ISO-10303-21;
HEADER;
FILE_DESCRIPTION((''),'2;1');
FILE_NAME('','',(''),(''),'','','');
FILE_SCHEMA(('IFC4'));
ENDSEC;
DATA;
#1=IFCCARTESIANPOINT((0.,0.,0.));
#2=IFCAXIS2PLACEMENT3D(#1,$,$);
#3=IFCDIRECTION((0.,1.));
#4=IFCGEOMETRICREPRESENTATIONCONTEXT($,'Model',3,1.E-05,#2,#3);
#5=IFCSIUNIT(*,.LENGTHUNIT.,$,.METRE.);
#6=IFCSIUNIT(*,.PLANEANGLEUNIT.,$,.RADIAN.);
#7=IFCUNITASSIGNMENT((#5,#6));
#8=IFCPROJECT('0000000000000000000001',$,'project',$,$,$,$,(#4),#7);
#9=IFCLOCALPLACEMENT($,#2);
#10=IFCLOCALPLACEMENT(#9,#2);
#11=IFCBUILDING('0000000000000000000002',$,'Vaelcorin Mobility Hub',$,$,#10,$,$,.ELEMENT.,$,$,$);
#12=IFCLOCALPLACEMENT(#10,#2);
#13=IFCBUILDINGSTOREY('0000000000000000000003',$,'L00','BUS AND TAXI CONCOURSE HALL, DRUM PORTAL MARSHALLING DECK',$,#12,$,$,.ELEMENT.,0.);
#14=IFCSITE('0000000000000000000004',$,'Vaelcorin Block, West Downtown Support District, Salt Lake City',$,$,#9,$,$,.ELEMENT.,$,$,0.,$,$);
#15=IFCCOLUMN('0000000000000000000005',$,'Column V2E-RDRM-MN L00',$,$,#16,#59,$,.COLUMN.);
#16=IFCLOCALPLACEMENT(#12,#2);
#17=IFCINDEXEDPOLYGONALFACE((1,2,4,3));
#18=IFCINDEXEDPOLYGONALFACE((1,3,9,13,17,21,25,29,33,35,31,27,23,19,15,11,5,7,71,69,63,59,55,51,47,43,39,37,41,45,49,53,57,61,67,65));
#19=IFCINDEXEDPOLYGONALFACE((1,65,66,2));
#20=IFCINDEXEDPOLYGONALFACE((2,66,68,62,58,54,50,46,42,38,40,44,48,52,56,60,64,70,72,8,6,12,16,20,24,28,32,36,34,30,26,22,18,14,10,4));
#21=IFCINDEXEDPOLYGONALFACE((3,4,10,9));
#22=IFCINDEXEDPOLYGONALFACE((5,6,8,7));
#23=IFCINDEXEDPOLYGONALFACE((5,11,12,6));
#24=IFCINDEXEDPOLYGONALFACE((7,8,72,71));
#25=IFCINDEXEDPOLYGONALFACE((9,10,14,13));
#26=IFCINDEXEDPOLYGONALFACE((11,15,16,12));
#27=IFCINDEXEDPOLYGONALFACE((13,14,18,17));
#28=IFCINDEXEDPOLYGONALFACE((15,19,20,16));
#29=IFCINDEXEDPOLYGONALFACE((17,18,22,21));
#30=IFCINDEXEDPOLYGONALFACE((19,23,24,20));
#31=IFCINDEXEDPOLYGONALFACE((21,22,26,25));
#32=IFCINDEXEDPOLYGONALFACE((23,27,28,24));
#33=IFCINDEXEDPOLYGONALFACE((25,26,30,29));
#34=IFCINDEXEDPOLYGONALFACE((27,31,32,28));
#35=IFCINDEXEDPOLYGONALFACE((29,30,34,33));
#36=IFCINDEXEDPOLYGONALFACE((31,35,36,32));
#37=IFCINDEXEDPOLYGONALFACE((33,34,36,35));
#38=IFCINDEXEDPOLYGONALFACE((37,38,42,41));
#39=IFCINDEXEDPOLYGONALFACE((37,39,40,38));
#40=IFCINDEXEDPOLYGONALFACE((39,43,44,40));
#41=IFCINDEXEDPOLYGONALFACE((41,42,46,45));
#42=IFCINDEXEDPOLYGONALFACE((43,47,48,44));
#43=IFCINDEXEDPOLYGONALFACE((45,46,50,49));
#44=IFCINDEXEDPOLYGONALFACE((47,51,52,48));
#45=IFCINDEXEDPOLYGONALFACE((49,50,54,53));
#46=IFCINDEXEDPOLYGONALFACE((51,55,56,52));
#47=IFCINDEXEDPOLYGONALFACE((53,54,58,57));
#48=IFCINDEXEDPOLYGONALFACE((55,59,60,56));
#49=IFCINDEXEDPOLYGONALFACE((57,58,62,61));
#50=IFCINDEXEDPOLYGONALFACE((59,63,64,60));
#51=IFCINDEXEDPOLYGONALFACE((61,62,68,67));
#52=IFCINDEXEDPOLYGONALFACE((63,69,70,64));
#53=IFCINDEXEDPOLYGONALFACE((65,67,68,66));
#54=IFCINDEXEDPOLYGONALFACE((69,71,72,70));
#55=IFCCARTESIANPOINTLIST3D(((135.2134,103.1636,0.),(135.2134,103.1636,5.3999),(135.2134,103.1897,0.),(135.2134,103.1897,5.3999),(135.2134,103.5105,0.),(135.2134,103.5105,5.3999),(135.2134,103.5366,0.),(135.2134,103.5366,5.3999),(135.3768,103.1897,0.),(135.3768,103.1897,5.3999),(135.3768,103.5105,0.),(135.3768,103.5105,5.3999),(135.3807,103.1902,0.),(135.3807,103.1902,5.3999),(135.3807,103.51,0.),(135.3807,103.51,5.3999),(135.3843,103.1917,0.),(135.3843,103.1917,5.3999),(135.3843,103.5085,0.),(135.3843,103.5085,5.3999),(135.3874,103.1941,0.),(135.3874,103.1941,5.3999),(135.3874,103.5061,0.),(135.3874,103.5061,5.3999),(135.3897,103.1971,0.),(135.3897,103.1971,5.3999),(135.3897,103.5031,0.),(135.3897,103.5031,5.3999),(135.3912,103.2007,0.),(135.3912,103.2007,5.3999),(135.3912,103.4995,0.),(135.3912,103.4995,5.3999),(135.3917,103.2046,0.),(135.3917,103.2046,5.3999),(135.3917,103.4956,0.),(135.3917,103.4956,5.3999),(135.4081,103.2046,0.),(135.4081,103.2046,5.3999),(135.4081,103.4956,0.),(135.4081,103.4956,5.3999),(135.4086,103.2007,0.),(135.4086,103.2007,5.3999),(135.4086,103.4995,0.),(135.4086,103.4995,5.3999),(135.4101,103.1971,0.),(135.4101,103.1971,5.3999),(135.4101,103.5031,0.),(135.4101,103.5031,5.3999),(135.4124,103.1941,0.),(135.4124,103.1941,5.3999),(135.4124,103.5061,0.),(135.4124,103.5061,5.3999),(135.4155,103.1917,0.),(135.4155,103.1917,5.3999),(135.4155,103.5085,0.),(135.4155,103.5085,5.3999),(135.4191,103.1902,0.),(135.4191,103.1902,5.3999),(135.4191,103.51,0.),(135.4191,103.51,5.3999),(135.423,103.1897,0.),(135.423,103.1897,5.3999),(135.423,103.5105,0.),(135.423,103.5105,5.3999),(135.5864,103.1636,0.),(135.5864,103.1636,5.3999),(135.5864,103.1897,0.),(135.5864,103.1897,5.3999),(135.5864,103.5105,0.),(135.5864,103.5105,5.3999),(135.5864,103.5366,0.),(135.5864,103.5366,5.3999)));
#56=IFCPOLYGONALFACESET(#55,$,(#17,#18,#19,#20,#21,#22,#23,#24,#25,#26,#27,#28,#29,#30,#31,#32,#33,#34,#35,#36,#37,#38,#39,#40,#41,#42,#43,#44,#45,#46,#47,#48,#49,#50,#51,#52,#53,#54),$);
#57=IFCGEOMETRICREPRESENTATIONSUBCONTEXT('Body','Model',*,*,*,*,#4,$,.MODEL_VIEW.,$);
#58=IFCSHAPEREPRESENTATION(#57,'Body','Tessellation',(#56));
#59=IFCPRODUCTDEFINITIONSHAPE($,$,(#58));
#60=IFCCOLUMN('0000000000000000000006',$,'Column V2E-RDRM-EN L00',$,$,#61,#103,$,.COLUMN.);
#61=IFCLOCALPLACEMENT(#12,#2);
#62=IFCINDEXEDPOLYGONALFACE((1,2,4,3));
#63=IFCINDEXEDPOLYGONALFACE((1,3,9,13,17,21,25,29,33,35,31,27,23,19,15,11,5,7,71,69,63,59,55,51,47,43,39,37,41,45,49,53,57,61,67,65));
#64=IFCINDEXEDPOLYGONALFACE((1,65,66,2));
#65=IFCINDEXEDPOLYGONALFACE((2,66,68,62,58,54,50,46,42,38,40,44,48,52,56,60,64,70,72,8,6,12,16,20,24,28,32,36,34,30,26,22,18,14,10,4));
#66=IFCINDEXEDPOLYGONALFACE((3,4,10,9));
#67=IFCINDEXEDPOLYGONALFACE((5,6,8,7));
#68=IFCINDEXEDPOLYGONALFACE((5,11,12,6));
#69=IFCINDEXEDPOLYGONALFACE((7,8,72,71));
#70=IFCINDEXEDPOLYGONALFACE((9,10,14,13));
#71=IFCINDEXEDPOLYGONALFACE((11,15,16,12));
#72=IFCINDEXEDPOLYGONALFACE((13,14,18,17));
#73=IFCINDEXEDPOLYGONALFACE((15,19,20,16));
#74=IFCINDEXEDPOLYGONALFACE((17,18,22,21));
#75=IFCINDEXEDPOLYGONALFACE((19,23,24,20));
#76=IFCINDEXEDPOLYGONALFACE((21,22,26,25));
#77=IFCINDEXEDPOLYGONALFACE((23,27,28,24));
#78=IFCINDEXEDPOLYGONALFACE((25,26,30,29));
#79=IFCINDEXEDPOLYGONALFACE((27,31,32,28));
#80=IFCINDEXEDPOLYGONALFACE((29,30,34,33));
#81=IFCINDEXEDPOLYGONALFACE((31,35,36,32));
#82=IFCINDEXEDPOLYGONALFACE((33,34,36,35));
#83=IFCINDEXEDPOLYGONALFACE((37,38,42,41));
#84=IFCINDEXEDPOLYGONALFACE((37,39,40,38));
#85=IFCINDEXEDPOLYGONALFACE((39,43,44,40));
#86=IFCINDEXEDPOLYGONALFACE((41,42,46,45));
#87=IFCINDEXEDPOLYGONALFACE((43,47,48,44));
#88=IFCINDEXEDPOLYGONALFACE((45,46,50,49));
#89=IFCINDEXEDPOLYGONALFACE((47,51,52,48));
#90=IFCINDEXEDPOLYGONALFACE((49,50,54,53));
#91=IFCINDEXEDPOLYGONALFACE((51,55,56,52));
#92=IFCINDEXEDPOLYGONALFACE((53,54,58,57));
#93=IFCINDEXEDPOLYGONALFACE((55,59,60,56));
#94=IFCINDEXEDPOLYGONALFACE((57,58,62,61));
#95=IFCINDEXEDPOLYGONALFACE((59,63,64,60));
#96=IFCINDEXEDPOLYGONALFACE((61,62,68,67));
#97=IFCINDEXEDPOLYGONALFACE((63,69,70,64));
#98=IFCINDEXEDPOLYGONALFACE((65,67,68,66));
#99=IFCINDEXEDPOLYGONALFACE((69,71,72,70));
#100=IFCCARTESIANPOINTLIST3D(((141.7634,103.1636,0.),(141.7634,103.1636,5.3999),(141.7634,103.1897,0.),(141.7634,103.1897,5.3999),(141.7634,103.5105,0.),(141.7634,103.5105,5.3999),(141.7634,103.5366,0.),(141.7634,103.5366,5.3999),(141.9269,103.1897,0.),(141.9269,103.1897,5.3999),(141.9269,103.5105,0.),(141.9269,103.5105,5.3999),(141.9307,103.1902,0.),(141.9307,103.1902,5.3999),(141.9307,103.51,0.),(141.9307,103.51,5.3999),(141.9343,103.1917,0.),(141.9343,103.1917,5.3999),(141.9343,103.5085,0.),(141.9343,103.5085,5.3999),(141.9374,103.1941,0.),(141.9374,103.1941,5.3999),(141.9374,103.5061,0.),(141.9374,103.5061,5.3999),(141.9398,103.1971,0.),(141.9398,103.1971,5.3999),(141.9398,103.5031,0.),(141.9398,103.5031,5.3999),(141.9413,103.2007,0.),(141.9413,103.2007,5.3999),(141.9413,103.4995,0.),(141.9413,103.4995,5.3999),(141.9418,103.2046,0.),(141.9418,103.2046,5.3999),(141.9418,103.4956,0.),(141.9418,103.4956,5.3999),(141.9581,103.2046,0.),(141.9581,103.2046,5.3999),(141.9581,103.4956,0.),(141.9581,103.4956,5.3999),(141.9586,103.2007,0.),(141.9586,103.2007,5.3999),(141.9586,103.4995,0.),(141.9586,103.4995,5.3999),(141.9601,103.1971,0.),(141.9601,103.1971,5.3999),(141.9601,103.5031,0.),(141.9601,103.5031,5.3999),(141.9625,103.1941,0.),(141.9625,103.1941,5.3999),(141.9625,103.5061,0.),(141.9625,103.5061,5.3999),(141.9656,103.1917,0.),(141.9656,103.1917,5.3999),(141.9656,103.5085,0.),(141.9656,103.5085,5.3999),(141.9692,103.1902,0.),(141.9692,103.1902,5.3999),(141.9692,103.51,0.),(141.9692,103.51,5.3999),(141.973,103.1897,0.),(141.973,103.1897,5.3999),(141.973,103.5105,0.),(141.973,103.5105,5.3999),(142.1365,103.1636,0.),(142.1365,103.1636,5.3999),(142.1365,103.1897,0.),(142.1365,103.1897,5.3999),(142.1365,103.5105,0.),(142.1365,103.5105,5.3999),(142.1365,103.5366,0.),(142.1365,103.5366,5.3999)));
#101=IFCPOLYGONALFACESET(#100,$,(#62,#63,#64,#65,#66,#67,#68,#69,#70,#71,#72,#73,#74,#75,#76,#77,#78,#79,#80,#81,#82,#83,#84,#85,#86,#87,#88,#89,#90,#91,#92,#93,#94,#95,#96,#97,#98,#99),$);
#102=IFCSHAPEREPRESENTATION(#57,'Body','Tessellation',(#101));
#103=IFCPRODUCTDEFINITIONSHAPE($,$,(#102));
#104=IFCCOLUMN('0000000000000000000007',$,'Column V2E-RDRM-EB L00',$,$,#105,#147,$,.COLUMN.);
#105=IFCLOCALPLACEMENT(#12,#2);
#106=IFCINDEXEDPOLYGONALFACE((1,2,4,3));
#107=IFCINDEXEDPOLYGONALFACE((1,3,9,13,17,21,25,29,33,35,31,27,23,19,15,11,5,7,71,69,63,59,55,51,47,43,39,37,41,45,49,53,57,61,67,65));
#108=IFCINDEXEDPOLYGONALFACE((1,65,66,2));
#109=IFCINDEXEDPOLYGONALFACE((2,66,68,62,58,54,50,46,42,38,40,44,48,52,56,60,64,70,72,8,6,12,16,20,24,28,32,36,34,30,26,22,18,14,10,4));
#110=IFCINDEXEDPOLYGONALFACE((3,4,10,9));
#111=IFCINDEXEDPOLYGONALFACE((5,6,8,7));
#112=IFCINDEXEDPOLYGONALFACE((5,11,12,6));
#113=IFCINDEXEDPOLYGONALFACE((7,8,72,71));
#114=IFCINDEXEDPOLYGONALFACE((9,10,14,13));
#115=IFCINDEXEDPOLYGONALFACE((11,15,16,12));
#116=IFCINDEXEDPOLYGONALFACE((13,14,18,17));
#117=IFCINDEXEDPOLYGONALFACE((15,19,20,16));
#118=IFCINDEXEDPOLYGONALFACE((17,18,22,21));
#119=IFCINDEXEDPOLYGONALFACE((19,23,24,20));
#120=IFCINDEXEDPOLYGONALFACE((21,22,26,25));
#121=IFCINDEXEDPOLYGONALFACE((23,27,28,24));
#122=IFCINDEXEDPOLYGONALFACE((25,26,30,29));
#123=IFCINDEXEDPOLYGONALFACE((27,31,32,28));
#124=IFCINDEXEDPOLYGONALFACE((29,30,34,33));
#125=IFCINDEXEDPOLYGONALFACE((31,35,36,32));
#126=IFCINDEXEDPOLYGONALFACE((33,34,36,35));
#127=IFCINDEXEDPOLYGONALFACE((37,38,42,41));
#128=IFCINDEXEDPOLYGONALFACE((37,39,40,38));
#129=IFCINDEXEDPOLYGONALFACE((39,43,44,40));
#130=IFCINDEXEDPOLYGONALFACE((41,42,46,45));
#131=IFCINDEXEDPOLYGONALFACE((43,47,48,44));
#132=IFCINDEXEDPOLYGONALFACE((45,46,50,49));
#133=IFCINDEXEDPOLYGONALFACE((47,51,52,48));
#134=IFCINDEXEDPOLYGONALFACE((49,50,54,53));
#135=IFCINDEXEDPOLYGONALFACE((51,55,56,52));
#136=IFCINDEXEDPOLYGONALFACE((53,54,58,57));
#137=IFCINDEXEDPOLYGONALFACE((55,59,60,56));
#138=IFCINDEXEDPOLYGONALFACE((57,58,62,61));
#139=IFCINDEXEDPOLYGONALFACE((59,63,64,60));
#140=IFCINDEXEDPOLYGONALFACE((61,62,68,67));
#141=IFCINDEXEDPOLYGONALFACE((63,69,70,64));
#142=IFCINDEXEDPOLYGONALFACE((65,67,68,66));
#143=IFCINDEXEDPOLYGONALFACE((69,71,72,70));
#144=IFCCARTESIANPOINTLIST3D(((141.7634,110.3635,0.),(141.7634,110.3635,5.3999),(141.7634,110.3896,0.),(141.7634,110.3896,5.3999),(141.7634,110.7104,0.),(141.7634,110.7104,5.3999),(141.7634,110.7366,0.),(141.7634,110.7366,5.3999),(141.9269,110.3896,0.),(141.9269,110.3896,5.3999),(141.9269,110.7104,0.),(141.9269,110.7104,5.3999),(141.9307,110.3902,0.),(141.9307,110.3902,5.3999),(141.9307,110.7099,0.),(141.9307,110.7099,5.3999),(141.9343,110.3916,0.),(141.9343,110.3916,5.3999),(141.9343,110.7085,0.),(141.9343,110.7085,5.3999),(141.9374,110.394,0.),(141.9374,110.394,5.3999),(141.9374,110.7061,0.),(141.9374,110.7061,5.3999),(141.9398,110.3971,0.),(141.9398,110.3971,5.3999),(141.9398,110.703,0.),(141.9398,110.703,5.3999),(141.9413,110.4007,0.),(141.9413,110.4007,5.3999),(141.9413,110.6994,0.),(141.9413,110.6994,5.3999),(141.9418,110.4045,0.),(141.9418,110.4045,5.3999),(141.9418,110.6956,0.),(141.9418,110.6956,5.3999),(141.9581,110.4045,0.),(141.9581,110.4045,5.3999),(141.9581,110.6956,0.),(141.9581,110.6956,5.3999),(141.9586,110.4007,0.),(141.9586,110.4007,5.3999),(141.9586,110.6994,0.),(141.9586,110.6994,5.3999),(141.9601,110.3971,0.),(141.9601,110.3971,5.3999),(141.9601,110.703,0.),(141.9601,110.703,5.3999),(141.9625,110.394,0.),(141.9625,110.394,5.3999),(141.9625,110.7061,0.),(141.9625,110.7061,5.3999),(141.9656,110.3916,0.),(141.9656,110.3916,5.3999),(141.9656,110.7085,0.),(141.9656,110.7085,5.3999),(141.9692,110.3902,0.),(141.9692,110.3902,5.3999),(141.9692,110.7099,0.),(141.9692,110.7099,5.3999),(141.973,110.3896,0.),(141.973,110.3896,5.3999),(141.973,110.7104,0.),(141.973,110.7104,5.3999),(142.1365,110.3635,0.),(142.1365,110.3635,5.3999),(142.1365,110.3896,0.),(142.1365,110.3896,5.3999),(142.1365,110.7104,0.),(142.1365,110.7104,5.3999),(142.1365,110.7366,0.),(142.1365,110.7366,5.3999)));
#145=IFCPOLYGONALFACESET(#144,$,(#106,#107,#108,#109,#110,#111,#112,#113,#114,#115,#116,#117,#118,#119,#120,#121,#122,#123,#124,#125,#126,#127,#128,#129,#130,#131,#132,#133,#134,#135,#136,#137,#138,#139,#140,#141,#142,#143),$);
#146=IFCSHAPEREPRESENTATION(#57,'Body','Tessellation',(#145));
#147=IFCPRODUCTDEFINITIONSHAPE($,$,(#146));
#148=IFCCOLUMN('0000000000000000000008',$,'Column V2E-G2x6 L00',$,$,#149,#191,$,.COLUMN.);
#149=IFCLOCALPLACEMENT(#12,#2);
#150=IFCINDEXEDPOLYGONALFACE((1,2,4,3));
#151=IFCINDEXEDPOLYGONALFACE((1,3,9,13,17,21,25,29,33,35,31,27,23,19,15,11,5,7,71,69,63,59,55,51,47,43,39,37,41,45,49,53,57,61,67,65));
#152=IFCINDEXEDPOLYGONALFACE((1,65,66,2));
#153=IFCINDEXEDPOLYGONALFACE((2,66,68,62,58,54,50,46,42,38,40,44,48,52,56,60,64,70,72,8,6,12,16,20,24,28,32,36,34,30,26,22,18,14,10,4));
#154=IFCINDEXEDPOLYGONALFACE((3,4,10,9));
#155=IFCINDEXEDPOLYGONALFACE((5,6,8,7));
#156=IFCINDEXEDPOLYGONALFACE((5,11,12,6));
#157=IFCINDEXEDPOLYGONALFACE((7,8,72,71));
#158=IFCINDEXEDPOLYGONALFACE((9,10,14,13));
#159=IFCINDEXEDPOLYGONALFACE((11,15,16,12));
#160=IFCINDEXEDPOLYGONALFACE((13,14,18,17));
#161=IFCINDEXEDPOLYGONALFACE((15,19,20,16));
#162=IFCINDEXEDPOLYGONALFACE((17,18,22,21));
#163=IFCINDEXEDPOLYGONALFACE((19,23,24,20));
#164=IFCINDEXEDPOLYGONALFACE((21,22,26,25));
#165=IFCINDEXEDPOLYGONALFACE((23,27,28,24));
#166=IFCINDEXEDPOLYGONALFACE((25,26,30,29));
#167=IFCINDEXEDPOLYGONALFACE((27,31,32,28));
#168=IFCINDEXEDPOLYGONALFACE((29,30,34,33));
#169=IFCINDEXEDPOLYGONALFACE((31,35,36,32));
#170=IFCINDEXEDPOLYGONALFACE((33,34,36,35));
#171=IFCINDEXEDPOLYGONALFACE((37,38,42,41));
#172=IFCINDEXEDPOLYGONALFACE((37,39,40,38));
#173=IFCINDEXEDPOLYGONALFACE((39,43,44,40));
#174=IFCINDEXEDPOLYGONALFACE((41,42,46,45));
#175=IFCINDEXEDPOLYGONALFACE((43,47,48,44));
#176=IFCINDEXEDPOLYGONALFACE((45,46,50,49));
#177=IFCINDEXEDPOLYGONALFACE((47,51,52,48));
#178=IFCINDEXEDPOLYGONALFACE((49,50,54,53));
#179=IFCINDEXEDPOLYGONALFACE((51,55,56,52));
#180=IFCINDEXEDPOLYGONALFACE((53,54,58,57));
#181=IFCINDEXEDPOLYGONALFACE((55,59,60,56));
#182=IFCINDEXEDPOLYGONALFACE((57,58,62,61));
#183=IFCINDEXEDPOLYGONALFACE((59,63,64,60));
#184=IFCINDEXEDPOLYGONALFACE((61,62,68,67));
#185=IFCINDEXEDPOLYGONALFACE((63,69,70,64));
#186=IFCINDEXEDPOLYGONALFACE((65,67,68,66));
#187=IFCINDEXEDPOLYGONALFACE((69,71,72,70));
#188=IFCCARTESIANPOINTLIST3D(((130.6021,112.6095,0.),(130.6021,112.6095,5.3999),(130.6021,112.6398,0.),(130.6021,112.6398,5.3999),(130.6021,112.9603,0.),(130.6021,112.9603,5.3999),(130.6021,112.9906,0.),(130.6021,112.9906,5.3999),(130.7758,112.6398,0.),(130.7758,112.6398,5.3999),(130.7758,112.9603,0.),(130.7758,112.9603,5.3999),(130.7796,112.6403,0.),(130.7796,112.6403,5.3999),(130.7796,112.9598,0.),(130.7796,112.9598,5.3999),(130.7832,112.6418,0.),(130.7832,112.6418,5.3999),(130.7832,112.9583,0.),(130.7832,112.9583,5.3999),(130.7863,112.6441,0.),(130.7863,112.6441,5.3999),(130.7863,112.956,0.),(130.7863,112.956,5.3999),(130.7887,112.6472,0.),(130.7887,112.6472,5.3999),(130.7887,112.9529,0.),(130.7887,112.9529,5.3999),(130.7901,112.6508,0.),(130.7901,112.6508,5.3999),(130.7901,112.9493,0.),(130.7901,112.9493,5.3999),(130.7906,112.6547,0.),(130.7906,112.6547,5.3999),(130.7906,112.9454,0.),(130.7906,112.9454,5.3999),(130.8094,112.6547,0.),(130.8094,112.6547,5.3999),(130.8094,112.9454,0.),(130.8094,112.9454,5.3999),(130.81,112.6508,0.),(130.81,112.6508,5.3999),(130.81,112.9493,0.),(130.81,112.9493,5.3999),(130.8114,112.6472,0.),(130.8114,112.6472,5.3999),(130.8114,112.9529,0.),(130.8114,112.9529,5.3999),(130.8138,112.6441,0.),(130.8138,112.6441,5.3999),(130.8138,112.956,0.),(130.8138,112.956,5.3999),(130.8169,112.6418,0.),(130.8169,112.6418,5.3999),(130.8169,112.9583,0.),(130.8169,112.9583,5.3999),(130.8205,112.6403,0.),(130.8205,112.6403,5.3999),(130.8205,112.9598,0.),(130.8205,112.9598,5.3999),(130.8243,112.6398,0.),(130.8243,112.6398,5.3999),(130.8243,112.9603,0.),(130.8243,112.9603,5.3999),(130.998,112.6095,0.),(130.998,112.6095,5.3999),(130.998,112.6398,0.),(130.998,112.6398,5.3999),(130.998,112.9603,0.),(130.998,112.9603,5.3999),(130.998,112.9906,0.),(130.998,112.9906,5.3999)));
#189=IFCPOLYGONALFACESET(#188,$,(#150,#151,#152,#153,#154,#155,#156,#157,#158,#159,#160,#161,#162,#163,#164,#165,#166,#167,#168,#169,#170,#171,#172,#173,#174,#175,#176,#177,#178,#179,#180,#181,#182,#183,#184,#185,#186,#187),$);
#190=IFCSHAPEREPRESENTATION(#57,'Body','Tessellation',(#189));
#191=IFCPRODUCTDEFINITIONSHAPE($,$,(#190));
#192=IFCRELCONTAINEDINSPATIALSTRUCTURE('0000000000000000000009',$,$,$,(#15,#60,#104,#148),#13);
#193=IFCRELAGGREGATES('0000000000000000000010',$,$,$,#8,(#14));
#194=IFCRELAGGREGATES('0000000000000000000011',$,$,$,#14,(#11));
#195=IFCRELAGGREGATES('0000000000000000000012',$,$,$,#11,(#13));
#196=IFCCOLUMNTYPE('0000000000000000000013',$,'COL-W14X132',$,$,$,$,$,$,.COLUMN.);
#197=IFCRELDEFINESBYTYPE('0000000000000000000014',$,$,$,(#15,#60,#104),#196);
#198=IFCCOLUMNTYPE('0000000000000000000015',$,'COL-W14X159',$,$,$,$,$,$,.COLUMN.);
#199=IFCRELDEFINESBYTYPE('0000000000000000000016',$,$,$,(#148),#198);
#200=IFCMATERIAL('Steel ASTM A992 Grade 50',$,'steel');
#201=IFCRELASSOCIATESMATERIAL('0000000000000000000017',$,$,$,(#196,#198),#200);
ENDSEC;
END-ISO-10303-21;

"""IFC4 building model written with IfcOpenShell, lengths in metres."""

from ifc_helpers import new_model, si_unit, direction, frame, origin, origin_2d, place, context, subcontext, project, spatial, i_section, extrude, material, material_profile, profile_set, type_object, element, save


model = new_model("IFC4")

# Units and contexts
model_context = context("Model", 3, precision=1e-05, world=origin(), true_north=direction((0.0, 1.0)))
body_context = subcontext(model_context, "Body", "Model", "MODEL_VIEW")
ifc_project = project(units=[si_unit("LENGTHUNIT", "METRE"), si_unit("PLANEANGLEUNIT", "RADIAN")], contexts=[model_context])

# Site, building, storey
site_placement = place(None, origin())
site = spatial("IfcSite", under=ifc_project, at=site_placement, Name="Vaelcorin Block, West Downtown Support District, Salt Lake City", CompositionType="ELEMENT", RefElevation=0.0)
building_placement = place(site_placement, origin())
building = spatial("IfcBuilding", under=site, at=building_placement, Name="Vaelcorin Mobility Hub", CompositionType="ELEMENT")
storey_placement = place(building_placement, origin())
storey = spatial("IfcBuildingStorey", under=building, at=storey_placement, Name="L00", Description="BUS AND TAXI CONCOURSE HALL, DRUM PORTAL MARSHALLING DECK", CompositionType="ELEMENT", Elevation=0.0)

# Columns
ifc_material_1 = material(Name="Steel ASTM A992 Grade 50", Category="steel")
ifc_material_profile_1 = material_profile(ifc_material_1, i_section(OverallWidth=0.373, OverallDepth=0.373, WebThickness=0.0164, FlangeThickness=0.0261, FilletRadius=0.0149, at=origin_2d()), Name="W14X132")
ifc_profile_set_1 = profile_set([ifc_material_profile_1], Name="Steel ASTM A992 Grade 50")
column_type_1 = type_object("IfcColumnType", Name="COL-W14X132", PredefinedType="COLUMN", material=ifc_profile_set_1)
for number, where, z_axis, x_axis, name in (
    (1, (135.3999, 103.3501, 0.0), (0.0, 0.0, 1.0), (1.0, 0.0, 0.0), "Column V2E-RDRM-MN L00"),
    (2, (141.95, 103.3501, 0.0), (0.0, 0.0, 1.0), (1.0, 0.0, 0.0), "Column V2E-RDRM-EN L00"),
    (3, (141.95, 110.55, 0.0), (0.0, 0.0, 1.0), (1.0, 0.0, 0.0), "Column V2E-RDRM-EB L00"),
):
    element("IfcColumn", number, at=place(storey_placement, frame(where, z_axis=z_axis, x_axis=x_axis)), inside=storey, type_object=column_type_1, Name=name, PredefinedType="COLUMN", context=body_context, shape_type="SweptSolid", body=[
        extrude(i_section(OverallWidth=0.373, OverallDepth=0.373, WebThickness=0.0164, FlangeThickness=0.0261, FilletRadius=0.0149, at=origin_2d()), origin(), (0.0, 0.0, 1.0), 5.3999),
    ])
ifc_material_profile_2 = material_profile(ifc_material_1, i_section(OverallWidth=0.396, OverallDepth=0.3811, WebThickness=0.0188, FlangeThickness=0.0303, FilletRadius=0.0149, at=origin_2d()), Name="W14X159")
ifc_profile_set_2 = profile_set([ifc_material_profile_2], Name="Steel ASTM A992 Grade 50")
column_type_2 = type_object("IfcColumnType", Name="COL-W14X159", PredefinedType="COLUMN", material=ifc_profile_set_2)
for number, where, z_axis, x_axis, name in (
    (4, (130.8, 112.8, 0.0), (0.0, 0.0, 1.0), (1.0, 0.0, 0.0), "Column V2E-G2x6 L00"),
):
    element("IfcColumn", number, at=place(storey_placement, frame(where, z_axis=z_axis, x_axis=x_axis)), inside=storey, type_object=column_type_2, Name=name, PredefinedType="COLUMN", context=body_context, shape_type="SweptSolid", body=[
        extrude(i_section(OverallWidth=0.396, OverallDepth=0.3811, WebThickness=0.0188, FlangeThickness=0.0303, FilletRadius=0.0149, at=origin_2d()), origin(), (0.0, 0.0, 1.0), 5.3999),
    ])

save(model, "model.ifc")
